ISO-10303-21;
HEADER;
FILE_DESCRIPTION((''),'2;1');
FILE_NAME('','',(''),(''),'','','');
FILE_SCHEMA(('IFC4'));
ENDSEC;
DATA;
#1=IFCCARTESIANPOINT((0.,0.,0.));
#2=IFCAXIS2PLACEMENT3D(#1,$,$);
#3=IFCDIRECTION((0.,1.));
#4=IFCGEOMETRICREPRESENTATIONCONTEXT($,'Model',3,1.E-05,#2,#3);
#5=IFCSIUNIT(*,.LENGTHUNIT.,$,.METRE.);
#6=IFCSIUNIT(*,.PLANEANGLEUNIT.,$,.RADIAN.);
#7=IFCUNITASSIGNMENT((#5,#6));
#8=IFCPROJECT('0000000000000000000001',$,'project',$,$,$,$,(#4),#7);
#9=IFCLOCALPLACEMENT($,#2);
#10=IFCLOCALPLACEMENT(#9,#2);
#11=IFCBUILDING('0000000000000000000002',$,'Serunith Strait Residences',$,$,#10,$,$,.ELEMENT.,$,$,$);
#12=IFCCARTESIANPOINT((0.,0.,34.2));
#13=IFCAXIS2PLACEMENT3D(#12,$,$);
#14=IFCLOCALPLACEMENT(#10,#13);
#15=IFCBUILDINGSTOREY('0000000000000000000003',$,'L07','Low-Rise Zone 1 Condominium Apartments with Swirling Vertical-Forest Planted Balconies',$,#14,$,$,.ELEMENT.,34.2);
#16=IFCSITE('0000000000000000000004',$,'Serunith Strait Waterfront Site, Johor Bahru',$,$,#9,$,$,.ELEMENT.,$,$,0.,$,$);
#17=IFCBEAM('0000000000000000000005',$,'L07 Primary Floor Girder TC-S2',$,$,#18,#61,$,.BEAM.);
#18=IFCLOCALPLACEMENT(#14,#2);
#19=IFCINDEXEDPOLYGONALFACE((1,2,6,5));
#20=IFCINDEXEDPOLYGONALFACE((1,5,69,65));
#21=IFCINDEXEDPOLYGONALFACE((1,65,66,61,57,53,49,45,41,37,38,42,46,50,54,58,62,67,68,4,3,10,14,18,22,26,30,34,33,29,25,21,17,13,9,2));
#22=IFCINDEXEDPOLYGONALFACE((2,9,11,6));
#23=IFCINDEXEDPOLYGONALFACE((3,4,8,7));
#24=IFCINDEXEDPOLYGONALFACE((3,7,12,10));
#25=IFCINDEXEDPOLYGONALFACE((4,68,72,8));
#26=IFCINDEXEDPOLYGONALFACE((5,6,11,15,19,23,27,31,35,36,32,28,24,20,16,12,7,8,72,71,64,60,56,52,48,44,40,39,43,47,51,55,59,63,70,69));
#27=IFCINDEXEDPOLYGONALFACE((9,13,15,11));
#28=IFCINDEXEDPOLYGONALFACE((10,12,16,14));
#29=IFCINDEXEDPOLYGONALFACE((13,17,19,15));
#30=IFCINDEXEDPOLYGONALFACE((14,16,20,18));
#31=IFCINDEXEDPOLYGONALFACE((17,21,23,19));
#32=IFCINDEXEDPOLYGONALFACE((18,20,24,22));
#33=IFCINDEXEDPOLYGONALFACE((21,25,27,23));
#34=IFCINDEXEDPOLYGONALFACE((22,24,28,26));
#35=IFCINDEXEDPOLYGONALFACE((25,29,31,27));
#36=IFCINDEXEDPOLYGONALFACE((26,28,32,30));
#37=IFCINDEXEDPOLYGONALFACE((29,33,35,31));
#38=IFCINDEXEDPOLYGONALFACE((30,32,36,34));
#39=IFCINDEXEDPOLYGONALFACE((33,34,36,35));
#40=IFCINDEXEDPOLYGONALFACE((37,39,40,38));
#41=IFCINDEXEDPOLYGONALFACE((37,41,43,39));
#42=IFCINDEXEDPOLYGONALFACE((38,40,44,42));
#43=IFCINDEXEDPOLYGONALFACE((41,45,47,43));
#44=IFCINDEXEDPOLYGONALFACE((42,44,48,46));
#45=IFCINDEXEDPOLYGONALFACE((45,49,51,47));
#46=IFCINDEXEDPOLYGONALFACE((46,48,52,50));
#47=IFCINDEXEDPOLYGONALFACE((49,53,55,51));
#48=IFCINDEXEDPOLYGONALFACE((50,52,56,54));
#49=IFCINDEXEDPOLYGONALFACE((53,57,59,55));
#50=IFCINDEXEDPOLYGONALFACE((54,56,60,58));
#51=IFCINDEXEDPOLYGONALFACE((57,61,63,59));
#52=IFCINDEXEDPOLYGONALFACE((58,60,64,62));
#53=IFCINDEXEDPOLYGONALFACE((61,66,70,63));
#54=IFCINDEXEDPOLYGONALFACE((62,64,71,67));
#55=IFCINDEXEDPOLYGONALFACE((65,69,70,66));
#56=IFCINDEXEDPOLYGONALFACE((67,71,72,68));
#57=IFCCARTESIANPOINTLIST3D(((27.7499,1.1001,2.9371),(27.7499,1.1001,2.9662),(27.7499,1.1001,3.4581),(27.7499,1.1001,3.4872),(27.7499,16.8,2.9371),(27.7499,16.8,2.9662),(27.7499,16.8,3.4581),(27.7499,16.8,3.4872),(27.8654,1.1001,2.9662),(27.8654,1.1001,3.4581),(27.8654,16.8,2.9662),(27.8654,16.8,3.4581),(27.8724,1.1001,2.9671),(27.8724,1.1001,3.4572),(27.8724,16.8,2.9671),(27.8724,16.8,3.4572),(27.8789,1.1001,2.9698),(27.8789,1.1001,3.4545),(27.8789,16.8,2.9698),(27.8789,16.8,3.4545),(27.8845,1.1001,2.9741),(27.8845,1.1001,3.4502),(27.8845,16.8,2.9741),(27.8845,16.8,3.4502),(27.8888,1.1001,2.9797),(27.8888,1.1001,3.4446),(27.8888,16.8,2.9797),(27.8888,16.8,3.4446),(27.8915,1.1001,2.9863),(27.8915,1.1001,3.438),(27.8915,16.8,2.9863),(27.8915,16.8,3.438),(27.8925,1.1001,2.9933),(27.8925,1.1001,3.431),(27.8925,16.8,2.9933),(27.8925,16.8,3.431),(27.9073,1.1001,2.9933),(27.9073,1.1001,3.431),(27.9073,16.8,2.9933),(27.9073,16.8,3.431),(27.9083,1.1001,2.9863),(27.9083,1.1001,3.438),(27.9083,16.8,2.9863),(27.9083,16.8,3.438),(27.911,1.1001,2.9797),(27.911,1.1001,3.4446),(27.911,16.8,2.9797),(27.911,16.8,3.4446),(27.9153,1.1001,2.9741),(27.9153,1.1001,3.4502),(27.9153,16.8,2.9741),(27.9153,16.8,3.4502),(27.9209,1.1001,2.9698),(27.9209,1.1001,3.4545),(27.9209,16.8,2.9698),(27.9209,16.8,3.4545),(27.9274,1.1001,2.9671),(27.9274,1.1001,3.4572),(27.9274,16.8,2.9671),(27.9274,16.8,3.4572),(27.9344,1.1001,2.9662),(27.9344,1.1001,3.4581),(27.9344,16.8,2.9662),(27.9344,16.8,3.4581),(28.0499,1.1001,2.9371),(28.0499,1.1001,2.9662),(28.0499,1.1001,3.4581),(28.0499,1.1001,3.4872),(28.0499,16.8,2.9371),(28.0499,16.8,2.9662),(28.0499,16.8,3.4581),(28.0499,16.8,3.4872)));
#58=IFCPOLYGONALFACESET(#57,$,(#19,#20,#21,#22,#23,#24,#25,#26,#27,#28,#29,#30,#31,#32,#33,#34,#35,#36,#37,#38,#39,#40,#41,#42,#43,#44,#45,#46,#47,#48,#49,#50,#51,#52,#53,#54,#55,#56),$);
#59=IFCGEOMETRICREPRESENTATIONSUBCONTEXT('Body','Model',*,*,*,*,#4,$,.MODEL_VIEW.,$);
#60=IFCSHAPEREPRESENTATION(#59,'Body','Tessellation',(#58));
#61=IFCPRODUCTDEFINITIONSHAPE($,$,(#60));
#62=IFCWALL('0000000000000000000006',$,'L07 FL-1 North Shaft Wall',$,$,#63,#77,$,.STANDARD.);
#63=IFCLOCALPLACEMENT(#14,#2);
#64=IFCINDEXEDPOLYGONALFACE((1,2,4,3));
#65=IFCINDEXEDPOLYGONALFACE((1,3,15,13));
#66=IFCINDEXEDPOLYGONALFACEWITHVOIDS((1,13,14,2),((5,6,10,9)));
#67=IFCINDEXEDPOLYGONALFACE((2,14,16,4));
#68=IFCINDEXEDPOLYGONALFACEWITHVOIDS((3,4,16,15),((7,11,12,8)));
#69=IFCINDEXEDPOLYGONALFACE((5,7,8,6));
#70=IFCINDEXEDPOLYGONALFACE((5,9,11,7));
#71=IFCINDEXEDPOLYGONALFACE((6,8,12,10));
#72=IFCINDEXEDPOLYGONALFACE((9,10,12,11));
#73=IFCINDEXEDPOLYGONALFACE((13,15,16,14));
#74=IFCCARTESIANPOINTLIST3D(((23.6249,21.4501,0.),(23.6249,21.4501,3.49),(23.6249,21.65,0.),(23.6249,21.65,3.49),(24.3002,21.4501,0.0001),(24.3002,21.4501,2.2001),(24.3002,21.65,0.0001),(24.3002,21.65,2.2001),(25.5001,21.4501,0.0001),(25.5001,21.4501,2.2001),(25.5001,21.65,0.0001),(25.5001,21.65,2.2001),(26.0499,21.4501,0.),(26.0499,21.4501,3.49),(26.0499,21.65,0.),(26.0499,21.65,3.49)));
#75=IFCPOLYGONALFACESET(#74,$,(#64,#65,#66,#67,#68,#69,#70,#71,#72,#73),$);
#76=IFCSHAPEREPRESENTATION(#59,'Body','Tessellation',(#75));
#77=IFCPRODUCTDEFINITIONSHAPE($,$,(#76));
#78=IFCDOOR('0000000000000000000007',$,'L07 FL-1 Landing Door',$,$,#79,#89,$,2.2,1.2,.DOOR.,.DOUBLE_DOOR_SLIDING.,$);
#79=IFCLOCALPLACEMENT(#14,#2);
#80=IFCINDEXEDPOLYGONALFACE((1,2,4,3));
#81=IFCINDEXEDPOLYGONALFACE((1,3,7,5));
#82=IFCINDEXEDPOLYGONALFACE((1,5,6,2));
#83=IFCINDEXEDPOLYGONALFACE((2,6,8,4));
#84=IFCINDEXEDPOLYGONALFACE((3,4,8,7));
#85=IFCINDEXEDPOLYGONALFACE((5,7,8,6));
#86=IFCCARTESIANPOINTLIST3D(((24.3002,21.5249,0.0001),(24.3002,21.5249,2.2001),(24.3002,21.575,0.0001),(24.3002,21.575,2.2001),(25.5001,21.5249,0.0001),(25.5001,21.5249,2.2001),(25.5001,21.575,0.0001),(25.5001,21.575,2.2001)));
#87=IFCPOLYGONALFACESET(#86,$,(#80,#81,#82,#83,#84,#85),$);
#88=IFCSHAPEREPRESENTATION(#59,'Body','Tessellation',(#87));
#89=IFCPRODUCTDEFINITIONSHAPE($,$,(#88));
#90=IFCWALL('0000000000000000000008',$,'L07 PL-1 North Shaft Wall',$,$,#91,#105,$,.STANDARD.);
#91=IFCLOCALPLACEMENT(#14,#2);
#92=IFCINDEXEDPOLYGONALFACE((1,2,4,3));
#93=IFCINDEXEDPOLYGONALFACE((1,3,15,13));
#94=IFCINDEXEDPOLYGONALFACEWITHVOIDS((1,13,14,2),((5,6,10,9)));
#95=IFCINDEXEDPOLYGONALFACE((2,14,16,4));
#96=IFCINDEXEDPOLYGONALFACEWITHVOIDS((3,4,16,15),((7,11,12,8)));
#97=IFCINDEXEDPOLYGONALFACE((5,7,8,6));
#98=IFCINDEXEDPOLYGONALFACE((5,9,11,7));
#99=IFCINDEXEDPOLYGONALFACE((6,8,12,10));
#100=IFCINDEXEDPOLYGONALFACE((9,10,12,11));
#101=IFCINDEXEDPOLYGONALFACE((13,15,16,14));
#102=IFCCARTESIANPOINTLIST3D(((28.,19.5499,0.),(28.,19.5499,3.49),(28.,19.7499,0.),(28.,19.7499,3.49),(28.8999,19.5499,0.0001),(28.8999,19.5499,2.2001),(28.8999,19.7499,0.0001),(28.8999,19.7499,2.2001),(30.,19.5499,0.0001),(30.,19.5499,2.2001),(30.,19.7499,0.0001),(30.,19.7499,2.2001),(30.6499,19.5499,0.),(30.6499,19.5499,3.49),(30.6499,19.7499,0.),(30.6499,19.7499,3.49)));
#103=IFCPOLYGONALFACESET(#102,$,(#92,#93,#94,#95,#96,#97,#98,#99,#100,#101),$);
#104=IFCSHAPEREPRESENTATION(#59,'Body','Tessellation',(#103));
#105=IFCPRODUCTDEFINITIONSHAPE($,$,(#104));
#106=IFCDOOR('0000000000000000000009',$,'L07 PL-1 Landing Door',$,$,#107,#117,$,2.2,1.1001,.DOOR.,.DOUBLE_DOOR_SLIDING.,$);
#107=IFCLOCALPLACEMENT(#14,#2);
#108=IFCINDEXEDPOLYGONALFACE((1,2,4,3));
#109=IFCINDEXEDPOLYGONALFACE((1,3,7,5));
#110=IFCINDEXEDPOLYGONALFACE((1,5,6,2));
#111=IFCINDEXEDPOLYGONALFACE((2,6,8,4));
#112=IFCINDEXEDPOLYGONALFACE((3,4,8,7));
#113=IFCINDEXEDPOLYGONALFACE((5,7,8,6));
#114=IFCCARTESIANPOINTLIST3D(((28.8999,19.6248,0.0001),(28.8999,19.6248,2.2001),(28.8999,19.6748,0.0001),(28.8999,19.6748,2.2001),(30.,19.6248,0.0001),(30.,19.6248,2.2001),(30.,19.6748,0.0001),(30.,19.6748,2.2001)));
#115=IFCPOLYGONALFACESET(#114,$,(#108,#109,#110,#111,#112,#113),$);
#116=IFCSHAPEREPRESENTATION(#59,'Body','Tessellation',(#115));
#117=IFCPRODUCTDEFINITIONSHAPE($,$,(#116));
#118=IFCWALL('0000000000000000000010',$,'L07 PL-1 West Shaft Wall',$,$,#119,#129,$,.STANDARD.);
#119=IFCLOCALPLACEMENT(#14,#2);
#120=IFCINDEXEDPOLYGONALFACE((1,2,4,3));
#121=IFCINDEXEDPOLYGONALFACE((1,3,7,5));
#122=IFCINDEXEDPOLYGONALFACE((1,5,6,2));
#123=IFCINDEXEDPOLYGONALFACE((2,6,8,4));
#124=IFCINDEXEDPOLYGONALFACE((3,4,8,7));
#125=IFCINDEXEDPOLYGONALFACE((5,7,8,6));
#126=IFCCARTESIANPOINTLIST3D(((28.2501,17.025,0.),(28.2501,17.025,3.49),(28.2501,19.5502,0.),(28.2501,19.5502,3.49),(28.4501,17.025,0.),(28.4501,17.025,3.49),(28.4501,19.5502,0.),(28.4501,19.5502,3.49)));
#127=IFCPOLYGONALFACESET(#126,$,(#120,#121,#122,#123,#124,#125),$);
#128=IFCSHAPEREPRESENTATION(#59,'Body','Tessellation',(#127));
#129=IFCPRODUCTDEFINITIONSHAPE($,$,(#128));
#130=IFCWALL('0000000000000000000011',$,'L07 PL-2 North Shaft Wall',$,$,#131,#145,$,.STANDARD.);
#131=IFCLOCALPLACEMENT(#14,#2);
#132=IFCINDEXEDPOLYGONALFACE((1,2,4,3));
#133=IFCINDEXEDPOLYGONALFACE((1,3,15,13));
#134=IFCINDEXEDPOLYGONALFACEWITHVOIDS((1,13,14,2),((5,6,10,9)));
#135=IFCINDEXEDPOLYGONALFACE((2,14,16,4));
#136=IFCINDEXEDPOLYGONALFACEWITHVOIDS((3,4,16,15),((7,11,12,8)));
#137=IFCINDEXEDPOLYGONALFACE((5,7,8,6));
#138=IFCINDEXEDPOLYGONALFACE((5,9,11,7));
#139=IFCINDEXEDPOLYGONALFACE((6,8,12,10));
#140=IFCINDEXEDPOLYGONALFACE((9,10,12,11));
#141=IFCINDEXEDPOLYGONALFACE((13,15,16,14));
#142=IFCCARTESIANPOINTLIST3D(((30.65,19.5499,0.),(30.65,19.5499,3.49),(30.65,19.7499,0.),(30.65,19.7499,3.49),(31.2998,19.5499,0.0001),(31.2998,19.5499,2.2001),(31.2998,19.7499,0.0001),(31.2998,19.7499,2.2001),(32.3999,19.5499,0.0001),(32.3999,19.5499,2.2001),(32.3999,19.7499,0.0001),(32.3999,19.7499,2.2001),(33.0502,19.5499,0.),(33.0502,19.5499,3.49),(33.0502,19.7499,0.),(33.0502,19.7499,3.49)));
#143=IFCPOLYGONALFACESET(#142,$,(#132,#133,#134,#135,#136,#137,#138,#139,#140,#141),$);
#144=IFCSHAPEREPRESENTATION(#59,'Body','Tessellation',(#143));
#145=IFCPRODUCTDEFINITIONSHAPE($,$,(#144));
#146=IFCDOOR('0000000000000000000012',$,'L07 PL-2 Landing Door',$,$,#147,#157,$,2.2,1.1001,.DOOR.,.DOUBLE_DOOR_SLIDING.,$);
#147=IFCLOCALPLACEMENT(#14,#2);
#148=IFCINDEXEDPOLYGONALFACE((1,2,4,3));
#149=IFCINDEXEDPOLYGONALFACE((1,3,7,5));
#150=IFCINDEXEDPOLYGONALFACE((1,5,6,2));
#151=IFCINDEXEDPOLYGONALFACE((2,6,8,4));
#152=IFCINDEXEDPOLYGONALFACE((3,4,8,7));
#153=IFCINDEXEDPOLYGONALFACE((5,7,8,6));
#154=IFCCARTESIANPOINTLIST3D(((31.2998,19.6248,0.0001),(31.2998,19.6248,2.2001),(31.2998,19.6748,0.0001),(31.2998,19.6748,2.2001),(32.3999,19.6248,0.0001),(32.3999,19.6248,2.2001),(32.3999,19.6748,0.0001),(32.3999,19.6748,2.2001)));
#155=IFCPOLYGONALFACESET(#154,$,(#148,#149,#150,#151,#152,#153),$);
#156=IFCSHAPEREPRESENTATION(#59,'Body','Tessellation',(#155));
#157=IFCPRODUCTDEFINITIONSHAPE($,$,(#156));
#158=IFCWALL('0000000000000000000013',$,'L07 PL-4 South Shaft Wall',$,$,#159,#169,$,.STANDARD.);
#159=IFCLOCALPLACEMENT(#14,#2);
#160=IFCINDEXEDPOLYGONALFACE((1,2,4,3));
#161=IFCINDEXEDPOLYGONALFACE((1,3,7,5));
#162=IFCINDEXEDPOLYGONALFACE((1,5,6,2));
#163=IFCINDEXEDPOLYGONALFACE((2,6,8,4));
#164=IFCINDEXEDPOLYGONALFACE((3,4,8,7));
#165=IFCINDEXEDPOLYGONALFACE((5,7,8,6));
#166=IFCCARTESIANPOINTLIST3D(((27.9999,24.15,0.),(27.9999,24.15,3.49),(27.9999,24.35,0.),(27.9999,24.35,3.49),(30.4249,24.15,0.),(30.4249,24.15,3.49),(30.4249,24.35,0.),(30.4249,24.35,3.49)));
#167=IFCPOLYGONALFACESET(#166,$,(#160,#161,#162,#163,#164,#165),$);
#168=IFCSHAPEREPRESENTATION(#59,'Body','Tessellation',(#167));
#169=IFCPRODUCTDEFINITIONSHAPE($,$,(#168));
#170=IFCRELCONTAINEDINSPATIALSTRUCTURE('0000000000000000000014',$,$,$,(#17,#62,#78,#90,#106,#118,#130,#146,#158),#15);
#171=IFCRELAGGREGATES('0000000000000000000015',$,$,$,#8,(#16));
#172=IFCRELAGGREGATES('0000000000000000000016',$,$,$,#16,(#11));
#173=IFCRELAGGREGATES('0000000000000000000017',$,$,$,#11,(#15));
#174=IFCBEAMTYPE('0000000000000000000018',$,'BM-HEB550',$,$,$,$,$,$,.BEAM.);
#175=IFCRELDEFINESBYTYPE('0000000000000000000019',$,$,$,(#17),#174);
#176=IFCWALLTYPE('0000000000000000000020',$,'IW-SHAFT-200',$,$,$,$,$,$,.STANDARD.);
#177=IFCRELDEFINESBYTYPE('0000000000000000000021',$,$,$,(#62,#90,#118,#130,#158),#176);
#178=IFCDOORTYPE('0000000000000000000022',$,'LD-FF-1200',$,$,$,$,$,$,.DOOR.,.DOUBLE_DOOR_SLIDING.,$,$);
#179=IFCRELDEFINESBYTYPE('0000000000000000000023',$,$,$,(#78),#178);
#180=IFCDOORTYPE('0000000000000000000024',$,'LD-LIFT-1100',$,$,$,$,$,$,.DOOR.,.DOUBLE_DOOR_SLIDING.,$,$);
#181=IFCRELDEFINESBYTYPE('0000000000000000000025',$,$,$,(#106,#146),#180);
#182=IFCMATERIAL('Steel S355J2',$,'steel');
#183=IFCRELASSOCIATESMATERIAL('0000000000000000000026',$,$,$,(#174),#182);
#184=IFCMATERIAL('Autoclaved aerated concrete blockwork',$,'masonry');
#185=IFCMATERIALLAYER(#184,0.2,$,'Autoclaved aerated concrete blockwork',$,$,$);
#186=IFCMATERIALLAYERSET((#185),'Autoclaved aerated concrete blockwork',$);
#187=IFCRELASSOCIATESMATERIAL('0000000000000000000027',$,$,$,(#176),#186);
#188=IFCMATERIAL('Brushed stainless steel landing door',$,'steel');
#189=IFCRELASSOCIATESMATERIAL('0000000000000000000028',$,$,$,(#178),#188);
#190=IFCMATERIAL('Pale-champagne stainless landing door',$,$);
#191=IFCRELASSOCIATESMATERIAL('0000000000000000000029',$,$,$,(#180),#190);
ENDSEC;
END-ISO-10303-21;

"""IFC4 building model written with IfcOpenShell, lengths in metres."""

from ifc_helpers import new_model, si_unit, direction, frame, frame_2d, origin, origin_2d, place, context, subcontext, project, spatial, rectangle, i_section, extrude, source, transform, mapped, material, layer, layer_set, material_profile, profile_set, type_object, element, fill, save


model = new_model("IFC4")

# Units and contexts
model_context = context("Model", 3, precision=1e-05, world=origin(), true_north=direction((0.0, 1.0)))
body_context = subcontext(model_context, "Body", "Model", "MODEL_VIEW")
ifc_project = project(units=[si_unit("LENGTHUNIT", "METRE"), si_unit("PLANEANGLEUNIT", "RADIAN")], contexts=[model_context])

# Site, building, storey
site_placement = place(None, origin())
site = spatial("IfcSite", under=ifc_project, at=site_placement, Name="Serunith Strait Waterfront Site, Johor Bahru", CompositionType="ELEMENT", RefElevation=0.0)
building_placement = place(site_placement, origin())
building = spatial("IfcBuilding", under=site, at=building_placement, Name="Serunith Strait Residences", CompositionType="ELEMENT")
storey_placement = place(building_placement, frame((0.0, 0.0, 34.2)))
storey = spatial("IfcBuildingStorey", under=building, at=storey_placement, Name="L07", Description="Low-Rise Zone 1 Condominium Apartments with Swirling Vertical-Forest Planted Balconies", CompositionType="ELEMENT", Elevation=34.2)

# Beam
ifc_material_1 = material(Name="Steel S355J2", Category="steel")
ifc_material_profile = material_profile(ifc_material_1, i_section(OverallWidth=0.3, OverallDepth=0.55, WebThickness=0.0149, FlangeThickness=0.0291, FilletRadius=0.0271, at=origin_2d()), Name="HEB 550")
ifc_profile_set = profile_set([ifc_material_profile], Name="Steel S355J2")
beam_type = type_object("IfcBeamType", Name="BM-HEB550", PredefinedType="BEAM", material=ifc_profile_set)
shared_shape_1 = source(origin(), body_context, "Body", "SweptSolid", [
    extrude(i_section(OverallWidth=0.3, OverallDepth=0.55, WebThickness=0.0149, FlangeThickness=0.0291, FilletRadius=0.0271, at=origin_2d()), origin(), (0.0, 0.0, 1.0), 15.7),
])
beam_placement = place(storey_placement, frame((27.8999, 16.8, 3.2122), z_axis=(0.0, -1.0, 0.0), x_axis=(1.0, 0.0, 0.0)))
element("IfcBeam", 1, at=beam_placement, inside=storey, type_object=beam_type, Name="L07 Primary Floor Girder TC-S2", PredefinedType="BEAM", context=body_context, shape_type="MappedRepresentation", body=[
    mapped(shared_shape_1, transform((0.0, 0.0, 0.0), scale=1.0)),
])

# Walls, openings, doors
ifc_material_2 = material(Name="Autoclaved aerated concrete blockwork", Category="masonry")
ifc_layer_1 = layer(ifc_material_2, 0.2, Name="Autoclaved aerated concrete blockwork")
ifc_layer_set_1 = layer_set([ifc_layer_1], Name="Autoclaved aerated concrete blockwork")
wall_type_1 = type_object("IfcWallType", Name="IW-SHAFT-200", PredefinedType="STANDARD", material=ifc_layer_set_1)
wall_1_placement = place(storey_placement, frame((23.625, 21.55, 0.0), z_axis=(0.0, 0.0, 1.0), x_axis=(1.0, 0.0, 0.0)))
wall_1 = element("IfcWall", 2, at=wall_1_placement, inside=storey, type_object=wall_type_1, Name="L07 FL-1 North Shaft Wall", PredefinedType="STANDARD", context=body_context, shape_type="SweptSolid", body=[
    extrude(rectangle(XDim=2.425, YDim=0.2, at=frame_2d((1.2124, 0.0))), origin(), (0.0, 0.0, 1.0), 3.49),
])
opening_1_placement = place(wall_1_placement, frame((0.675, 0.0, 0.0)))
opening_1 = element("IfcOpeningElement", 3, at=opening_1_placement, cuts=wall_1, PredefinedType="OPENING", context=body_context, shape_type="SweptSolid", body=[
    extrude(rectangle(XDim=1.2, YDim=2.2, at=frame_2d((0.6001, 1.1001))), frame((0.0, 0.1099, 0.0), z_axis=(0.0, -1.0, 0.0), x_axis=(1.0, 0.0, 0.0)), (0.0, 0.0, 1.0), 0.22),
])
ifc_material_3 = material(Name="Brushed stainless steel landing door", Category="steel")
door_type_1 = type_object("IfcDoorType", Name="LD-FF-1200", OperationType="DOUBLE_DOOR_SLIDING", PredefinedType="DOOR", material=ifc_material_3)
shared_shape_2 = source(origin(), body_context, "Body", "SweptSolid", [
    extrude(rectangle(XDim=1.2, YDim=2.2, at=frame_2d((0.6001, 1.1001))), frame((0.0, 0.0249, 0.0), z_axis=(0.0, -1.0, 0.0), x_axis=(1.0, 0.0, 0.0)), (0.0, 0.0, 1.0), 0.05),
])
door_1_placement = place(opening_1_placement, origin())
door_1 = element("IfcDoor", 4, at=door_1_placement, inside=storey, type_object=door_type_1, Name="L07 FL-1 Landing Door", OperationType="DOUBLE_DOOR_SLIDING", OverallHeight=2.2, OverallWidth=1.2, PredefinedType="DOOR", context=body_context, shape_type="MappedRepresentation", body=[
    mapped(shared_shape_2, transform((0.0, 0.0, 0.0), scale=1.0)),
])
fill(opening_1, door_1)
wall_2_placement = place(storey_placement, frame((28.0, 19.6499, 0.0), z_axis=(0.0, 0.0, 1.0), x_axis=(1.0, 0.0, 0.0)))
wall_2 = element("IfcWall", 5, at=wall_2_placement, inside=storey, type_object=wall_type_1, Name="L07 PL-1 North Shaft Wall", PredefinedType="STANDARD", context=body_context, shape_type="SweptSolid", body=[
    extrude(rectangle(XDim=2.6499, YDim=0.2, at=frame_2d((1.325, 0.0))), origin(), (0.0, 0.0, 1.0), 3.49),
])
opening_2_placement = place(wall_2_placement, frame((0.8999, 0.0, 0.0)))
opening_2 = element("IfcOpeningElement", 6, at=opening_2_placement, cuts=wall_2, PredefinedType="OPENING", context=body_context, shape_type="SweptSolid", body=[
    extrude(rectangle(XDim=1.1001, YDim=2.2, at=frame_2d((0.55, 1.1001))), frame((0.0, 0.1099, 0.0), z_axis=(0.0, -1.0, 0.0), x_axis=(1.0, 0.0, 0.0)), (0.0, 0.0, 1.0), 0.22),
])
ifc_material_4 = material(Name="Pale-champagne stainless landing door")
door_type_2 = type_object("IfcDoorType", Name="LD-LIFT-1100", OperationType="DOUBLE_DOOR_SLIDING", PredefinedType="DOOR", material=ifc_material_4)
shared_shape_3 = source(origin(), body_context, "Body", "SweptSolid", [
    extrude(rectangle(XDim=1.1001, YDim=2.2, at=frame_2d((0.55, 1.1001))), frame((0.0, 0.0249, 0.0), z_axis=(0.0, -1.0, 0.0), x_axis=(1.0, 0.0, 0.0)), (0.0, 0.0, 1.0), 0.05),
])
door_2_placement = place(opening_2_placement, origin())
door_2 = element("IfcDoor", 7, at=door_2_placement, inside=storey, type_object=door_type_2, Name="L07 PL-1 Landing Door", OperationType="DOUBLE_DOOR_SLIDING", OverallHeight=2.2, OverallWidth=1.1001, PredefinedType="DOOR", context=body_context, shape_type="MappedRepresentation", body=[
    mapped(shared_shape_3, transform((0.0, 0.0, 0.0), scale=1.0)),
])
fill(opening_2, door_2)

# Wall
wall_3_placement = place(storey_placement, frame((28.3501, 17.0249, 0.0), z_axis=(0.0, 0.0, 1.0), x_axis=(0.0, 1.0, 0.0)))
element("IfcWall", 8, at=wall_3_placement, inside=storey, type_object=wall_type_1, Name="L07 PL-1 West Shaft Wall", PredefinedType="STANDARD", context=body_context, shape_type="SweptSolid", body=[
    extrude(rectangle(XDim=2.5251, YDim=0.2, at=frame_2d((1.2627, 0.0))), origin(), (0.0, 0.0, 1.0), 3.49),
])

# Wall, opening, door
wall_4_placement = place(storey_placement, frame((30.6499, 19.6499, 0.0), z_axis=(0.0, 0.0, 1.0), x_axis=(1.0, 0.0, 0.0)))
wall_4 = element("IfcWall", 9, at=wall_4_placement, inside=storey, type_object=wall_type_1, Name="L07 PL-2 North Shaft Wall", PredefinedType="STANDARD", context=body_context, shape_type="SweptSolid", body=[
    extrude(rectangle(XDim=2.4001, YDim=0.2, at=frame_2d((1.2002, 0.0))), origin(), (0.0, 0.0, 1.0), 3.49),
])
opening_3_placement = place(wall_4_placement, frame((0.6499, 0.0, 0.0)))
opening_3 = element("IfcOpeningElement", 10, at=opening_3_placement, cuts=wall_4, PredefinedType="OPENING", context=body_context, shape_type="SweptSolid", body=[
    extrude(rectangle(XDim=1.1001, YDim=2.2, at=frame_2d((0.55, 1.1001))), frame((0.0, 0.1099, 0.0), z_axis=(0.0, -1.0, 0.0), x_axis=(1.0, 0.0, 0.0)), (0.0, 0.0, 1.0), 0.22),
])
door_3_placement = place(opening_3_placement, origin())
door_3 = element("IfcDoor", 11, at=door_3_placement, inside=storey, type_object=door_type_2, Name="L07 PL-2 Landing Door", OperationType="DOUBLE_DOOR_SLIDING", OverallHeight=2.2, OverallWidth=1.1001, PredefinedType="DOOR", context=body_context, shape_type="MappedRepresentation", body=[
    mapped(shared_shape_3, transform((0.0, 0.0, 0.0), scale=1.0)),
])
fill(opening_3, door_3)

# Wall
wall_5_placement = place(storey_placement, frame((28.0, 24.25, 0.0), z_axis=(0.0, 0.0, 1.0), x_axis=(1.0, 0.0, 0.0)))
element("IfcWall", 12, at=wall_5_placement, inside=storey, type_object=wall_type_1, Name="L07 PL-4 South Shaft Wall", PredefinedType="STANDARD", context=body_context, shape_type="SweptSolid", body=[
    extrude(rectangle(XDim=2.425, YDim=0.2, at=frame_2d((1.2124, 0.0))), origin(), (0.0, 0.0, 1.0), 3.49),
])

save(model, "model.ifc")
